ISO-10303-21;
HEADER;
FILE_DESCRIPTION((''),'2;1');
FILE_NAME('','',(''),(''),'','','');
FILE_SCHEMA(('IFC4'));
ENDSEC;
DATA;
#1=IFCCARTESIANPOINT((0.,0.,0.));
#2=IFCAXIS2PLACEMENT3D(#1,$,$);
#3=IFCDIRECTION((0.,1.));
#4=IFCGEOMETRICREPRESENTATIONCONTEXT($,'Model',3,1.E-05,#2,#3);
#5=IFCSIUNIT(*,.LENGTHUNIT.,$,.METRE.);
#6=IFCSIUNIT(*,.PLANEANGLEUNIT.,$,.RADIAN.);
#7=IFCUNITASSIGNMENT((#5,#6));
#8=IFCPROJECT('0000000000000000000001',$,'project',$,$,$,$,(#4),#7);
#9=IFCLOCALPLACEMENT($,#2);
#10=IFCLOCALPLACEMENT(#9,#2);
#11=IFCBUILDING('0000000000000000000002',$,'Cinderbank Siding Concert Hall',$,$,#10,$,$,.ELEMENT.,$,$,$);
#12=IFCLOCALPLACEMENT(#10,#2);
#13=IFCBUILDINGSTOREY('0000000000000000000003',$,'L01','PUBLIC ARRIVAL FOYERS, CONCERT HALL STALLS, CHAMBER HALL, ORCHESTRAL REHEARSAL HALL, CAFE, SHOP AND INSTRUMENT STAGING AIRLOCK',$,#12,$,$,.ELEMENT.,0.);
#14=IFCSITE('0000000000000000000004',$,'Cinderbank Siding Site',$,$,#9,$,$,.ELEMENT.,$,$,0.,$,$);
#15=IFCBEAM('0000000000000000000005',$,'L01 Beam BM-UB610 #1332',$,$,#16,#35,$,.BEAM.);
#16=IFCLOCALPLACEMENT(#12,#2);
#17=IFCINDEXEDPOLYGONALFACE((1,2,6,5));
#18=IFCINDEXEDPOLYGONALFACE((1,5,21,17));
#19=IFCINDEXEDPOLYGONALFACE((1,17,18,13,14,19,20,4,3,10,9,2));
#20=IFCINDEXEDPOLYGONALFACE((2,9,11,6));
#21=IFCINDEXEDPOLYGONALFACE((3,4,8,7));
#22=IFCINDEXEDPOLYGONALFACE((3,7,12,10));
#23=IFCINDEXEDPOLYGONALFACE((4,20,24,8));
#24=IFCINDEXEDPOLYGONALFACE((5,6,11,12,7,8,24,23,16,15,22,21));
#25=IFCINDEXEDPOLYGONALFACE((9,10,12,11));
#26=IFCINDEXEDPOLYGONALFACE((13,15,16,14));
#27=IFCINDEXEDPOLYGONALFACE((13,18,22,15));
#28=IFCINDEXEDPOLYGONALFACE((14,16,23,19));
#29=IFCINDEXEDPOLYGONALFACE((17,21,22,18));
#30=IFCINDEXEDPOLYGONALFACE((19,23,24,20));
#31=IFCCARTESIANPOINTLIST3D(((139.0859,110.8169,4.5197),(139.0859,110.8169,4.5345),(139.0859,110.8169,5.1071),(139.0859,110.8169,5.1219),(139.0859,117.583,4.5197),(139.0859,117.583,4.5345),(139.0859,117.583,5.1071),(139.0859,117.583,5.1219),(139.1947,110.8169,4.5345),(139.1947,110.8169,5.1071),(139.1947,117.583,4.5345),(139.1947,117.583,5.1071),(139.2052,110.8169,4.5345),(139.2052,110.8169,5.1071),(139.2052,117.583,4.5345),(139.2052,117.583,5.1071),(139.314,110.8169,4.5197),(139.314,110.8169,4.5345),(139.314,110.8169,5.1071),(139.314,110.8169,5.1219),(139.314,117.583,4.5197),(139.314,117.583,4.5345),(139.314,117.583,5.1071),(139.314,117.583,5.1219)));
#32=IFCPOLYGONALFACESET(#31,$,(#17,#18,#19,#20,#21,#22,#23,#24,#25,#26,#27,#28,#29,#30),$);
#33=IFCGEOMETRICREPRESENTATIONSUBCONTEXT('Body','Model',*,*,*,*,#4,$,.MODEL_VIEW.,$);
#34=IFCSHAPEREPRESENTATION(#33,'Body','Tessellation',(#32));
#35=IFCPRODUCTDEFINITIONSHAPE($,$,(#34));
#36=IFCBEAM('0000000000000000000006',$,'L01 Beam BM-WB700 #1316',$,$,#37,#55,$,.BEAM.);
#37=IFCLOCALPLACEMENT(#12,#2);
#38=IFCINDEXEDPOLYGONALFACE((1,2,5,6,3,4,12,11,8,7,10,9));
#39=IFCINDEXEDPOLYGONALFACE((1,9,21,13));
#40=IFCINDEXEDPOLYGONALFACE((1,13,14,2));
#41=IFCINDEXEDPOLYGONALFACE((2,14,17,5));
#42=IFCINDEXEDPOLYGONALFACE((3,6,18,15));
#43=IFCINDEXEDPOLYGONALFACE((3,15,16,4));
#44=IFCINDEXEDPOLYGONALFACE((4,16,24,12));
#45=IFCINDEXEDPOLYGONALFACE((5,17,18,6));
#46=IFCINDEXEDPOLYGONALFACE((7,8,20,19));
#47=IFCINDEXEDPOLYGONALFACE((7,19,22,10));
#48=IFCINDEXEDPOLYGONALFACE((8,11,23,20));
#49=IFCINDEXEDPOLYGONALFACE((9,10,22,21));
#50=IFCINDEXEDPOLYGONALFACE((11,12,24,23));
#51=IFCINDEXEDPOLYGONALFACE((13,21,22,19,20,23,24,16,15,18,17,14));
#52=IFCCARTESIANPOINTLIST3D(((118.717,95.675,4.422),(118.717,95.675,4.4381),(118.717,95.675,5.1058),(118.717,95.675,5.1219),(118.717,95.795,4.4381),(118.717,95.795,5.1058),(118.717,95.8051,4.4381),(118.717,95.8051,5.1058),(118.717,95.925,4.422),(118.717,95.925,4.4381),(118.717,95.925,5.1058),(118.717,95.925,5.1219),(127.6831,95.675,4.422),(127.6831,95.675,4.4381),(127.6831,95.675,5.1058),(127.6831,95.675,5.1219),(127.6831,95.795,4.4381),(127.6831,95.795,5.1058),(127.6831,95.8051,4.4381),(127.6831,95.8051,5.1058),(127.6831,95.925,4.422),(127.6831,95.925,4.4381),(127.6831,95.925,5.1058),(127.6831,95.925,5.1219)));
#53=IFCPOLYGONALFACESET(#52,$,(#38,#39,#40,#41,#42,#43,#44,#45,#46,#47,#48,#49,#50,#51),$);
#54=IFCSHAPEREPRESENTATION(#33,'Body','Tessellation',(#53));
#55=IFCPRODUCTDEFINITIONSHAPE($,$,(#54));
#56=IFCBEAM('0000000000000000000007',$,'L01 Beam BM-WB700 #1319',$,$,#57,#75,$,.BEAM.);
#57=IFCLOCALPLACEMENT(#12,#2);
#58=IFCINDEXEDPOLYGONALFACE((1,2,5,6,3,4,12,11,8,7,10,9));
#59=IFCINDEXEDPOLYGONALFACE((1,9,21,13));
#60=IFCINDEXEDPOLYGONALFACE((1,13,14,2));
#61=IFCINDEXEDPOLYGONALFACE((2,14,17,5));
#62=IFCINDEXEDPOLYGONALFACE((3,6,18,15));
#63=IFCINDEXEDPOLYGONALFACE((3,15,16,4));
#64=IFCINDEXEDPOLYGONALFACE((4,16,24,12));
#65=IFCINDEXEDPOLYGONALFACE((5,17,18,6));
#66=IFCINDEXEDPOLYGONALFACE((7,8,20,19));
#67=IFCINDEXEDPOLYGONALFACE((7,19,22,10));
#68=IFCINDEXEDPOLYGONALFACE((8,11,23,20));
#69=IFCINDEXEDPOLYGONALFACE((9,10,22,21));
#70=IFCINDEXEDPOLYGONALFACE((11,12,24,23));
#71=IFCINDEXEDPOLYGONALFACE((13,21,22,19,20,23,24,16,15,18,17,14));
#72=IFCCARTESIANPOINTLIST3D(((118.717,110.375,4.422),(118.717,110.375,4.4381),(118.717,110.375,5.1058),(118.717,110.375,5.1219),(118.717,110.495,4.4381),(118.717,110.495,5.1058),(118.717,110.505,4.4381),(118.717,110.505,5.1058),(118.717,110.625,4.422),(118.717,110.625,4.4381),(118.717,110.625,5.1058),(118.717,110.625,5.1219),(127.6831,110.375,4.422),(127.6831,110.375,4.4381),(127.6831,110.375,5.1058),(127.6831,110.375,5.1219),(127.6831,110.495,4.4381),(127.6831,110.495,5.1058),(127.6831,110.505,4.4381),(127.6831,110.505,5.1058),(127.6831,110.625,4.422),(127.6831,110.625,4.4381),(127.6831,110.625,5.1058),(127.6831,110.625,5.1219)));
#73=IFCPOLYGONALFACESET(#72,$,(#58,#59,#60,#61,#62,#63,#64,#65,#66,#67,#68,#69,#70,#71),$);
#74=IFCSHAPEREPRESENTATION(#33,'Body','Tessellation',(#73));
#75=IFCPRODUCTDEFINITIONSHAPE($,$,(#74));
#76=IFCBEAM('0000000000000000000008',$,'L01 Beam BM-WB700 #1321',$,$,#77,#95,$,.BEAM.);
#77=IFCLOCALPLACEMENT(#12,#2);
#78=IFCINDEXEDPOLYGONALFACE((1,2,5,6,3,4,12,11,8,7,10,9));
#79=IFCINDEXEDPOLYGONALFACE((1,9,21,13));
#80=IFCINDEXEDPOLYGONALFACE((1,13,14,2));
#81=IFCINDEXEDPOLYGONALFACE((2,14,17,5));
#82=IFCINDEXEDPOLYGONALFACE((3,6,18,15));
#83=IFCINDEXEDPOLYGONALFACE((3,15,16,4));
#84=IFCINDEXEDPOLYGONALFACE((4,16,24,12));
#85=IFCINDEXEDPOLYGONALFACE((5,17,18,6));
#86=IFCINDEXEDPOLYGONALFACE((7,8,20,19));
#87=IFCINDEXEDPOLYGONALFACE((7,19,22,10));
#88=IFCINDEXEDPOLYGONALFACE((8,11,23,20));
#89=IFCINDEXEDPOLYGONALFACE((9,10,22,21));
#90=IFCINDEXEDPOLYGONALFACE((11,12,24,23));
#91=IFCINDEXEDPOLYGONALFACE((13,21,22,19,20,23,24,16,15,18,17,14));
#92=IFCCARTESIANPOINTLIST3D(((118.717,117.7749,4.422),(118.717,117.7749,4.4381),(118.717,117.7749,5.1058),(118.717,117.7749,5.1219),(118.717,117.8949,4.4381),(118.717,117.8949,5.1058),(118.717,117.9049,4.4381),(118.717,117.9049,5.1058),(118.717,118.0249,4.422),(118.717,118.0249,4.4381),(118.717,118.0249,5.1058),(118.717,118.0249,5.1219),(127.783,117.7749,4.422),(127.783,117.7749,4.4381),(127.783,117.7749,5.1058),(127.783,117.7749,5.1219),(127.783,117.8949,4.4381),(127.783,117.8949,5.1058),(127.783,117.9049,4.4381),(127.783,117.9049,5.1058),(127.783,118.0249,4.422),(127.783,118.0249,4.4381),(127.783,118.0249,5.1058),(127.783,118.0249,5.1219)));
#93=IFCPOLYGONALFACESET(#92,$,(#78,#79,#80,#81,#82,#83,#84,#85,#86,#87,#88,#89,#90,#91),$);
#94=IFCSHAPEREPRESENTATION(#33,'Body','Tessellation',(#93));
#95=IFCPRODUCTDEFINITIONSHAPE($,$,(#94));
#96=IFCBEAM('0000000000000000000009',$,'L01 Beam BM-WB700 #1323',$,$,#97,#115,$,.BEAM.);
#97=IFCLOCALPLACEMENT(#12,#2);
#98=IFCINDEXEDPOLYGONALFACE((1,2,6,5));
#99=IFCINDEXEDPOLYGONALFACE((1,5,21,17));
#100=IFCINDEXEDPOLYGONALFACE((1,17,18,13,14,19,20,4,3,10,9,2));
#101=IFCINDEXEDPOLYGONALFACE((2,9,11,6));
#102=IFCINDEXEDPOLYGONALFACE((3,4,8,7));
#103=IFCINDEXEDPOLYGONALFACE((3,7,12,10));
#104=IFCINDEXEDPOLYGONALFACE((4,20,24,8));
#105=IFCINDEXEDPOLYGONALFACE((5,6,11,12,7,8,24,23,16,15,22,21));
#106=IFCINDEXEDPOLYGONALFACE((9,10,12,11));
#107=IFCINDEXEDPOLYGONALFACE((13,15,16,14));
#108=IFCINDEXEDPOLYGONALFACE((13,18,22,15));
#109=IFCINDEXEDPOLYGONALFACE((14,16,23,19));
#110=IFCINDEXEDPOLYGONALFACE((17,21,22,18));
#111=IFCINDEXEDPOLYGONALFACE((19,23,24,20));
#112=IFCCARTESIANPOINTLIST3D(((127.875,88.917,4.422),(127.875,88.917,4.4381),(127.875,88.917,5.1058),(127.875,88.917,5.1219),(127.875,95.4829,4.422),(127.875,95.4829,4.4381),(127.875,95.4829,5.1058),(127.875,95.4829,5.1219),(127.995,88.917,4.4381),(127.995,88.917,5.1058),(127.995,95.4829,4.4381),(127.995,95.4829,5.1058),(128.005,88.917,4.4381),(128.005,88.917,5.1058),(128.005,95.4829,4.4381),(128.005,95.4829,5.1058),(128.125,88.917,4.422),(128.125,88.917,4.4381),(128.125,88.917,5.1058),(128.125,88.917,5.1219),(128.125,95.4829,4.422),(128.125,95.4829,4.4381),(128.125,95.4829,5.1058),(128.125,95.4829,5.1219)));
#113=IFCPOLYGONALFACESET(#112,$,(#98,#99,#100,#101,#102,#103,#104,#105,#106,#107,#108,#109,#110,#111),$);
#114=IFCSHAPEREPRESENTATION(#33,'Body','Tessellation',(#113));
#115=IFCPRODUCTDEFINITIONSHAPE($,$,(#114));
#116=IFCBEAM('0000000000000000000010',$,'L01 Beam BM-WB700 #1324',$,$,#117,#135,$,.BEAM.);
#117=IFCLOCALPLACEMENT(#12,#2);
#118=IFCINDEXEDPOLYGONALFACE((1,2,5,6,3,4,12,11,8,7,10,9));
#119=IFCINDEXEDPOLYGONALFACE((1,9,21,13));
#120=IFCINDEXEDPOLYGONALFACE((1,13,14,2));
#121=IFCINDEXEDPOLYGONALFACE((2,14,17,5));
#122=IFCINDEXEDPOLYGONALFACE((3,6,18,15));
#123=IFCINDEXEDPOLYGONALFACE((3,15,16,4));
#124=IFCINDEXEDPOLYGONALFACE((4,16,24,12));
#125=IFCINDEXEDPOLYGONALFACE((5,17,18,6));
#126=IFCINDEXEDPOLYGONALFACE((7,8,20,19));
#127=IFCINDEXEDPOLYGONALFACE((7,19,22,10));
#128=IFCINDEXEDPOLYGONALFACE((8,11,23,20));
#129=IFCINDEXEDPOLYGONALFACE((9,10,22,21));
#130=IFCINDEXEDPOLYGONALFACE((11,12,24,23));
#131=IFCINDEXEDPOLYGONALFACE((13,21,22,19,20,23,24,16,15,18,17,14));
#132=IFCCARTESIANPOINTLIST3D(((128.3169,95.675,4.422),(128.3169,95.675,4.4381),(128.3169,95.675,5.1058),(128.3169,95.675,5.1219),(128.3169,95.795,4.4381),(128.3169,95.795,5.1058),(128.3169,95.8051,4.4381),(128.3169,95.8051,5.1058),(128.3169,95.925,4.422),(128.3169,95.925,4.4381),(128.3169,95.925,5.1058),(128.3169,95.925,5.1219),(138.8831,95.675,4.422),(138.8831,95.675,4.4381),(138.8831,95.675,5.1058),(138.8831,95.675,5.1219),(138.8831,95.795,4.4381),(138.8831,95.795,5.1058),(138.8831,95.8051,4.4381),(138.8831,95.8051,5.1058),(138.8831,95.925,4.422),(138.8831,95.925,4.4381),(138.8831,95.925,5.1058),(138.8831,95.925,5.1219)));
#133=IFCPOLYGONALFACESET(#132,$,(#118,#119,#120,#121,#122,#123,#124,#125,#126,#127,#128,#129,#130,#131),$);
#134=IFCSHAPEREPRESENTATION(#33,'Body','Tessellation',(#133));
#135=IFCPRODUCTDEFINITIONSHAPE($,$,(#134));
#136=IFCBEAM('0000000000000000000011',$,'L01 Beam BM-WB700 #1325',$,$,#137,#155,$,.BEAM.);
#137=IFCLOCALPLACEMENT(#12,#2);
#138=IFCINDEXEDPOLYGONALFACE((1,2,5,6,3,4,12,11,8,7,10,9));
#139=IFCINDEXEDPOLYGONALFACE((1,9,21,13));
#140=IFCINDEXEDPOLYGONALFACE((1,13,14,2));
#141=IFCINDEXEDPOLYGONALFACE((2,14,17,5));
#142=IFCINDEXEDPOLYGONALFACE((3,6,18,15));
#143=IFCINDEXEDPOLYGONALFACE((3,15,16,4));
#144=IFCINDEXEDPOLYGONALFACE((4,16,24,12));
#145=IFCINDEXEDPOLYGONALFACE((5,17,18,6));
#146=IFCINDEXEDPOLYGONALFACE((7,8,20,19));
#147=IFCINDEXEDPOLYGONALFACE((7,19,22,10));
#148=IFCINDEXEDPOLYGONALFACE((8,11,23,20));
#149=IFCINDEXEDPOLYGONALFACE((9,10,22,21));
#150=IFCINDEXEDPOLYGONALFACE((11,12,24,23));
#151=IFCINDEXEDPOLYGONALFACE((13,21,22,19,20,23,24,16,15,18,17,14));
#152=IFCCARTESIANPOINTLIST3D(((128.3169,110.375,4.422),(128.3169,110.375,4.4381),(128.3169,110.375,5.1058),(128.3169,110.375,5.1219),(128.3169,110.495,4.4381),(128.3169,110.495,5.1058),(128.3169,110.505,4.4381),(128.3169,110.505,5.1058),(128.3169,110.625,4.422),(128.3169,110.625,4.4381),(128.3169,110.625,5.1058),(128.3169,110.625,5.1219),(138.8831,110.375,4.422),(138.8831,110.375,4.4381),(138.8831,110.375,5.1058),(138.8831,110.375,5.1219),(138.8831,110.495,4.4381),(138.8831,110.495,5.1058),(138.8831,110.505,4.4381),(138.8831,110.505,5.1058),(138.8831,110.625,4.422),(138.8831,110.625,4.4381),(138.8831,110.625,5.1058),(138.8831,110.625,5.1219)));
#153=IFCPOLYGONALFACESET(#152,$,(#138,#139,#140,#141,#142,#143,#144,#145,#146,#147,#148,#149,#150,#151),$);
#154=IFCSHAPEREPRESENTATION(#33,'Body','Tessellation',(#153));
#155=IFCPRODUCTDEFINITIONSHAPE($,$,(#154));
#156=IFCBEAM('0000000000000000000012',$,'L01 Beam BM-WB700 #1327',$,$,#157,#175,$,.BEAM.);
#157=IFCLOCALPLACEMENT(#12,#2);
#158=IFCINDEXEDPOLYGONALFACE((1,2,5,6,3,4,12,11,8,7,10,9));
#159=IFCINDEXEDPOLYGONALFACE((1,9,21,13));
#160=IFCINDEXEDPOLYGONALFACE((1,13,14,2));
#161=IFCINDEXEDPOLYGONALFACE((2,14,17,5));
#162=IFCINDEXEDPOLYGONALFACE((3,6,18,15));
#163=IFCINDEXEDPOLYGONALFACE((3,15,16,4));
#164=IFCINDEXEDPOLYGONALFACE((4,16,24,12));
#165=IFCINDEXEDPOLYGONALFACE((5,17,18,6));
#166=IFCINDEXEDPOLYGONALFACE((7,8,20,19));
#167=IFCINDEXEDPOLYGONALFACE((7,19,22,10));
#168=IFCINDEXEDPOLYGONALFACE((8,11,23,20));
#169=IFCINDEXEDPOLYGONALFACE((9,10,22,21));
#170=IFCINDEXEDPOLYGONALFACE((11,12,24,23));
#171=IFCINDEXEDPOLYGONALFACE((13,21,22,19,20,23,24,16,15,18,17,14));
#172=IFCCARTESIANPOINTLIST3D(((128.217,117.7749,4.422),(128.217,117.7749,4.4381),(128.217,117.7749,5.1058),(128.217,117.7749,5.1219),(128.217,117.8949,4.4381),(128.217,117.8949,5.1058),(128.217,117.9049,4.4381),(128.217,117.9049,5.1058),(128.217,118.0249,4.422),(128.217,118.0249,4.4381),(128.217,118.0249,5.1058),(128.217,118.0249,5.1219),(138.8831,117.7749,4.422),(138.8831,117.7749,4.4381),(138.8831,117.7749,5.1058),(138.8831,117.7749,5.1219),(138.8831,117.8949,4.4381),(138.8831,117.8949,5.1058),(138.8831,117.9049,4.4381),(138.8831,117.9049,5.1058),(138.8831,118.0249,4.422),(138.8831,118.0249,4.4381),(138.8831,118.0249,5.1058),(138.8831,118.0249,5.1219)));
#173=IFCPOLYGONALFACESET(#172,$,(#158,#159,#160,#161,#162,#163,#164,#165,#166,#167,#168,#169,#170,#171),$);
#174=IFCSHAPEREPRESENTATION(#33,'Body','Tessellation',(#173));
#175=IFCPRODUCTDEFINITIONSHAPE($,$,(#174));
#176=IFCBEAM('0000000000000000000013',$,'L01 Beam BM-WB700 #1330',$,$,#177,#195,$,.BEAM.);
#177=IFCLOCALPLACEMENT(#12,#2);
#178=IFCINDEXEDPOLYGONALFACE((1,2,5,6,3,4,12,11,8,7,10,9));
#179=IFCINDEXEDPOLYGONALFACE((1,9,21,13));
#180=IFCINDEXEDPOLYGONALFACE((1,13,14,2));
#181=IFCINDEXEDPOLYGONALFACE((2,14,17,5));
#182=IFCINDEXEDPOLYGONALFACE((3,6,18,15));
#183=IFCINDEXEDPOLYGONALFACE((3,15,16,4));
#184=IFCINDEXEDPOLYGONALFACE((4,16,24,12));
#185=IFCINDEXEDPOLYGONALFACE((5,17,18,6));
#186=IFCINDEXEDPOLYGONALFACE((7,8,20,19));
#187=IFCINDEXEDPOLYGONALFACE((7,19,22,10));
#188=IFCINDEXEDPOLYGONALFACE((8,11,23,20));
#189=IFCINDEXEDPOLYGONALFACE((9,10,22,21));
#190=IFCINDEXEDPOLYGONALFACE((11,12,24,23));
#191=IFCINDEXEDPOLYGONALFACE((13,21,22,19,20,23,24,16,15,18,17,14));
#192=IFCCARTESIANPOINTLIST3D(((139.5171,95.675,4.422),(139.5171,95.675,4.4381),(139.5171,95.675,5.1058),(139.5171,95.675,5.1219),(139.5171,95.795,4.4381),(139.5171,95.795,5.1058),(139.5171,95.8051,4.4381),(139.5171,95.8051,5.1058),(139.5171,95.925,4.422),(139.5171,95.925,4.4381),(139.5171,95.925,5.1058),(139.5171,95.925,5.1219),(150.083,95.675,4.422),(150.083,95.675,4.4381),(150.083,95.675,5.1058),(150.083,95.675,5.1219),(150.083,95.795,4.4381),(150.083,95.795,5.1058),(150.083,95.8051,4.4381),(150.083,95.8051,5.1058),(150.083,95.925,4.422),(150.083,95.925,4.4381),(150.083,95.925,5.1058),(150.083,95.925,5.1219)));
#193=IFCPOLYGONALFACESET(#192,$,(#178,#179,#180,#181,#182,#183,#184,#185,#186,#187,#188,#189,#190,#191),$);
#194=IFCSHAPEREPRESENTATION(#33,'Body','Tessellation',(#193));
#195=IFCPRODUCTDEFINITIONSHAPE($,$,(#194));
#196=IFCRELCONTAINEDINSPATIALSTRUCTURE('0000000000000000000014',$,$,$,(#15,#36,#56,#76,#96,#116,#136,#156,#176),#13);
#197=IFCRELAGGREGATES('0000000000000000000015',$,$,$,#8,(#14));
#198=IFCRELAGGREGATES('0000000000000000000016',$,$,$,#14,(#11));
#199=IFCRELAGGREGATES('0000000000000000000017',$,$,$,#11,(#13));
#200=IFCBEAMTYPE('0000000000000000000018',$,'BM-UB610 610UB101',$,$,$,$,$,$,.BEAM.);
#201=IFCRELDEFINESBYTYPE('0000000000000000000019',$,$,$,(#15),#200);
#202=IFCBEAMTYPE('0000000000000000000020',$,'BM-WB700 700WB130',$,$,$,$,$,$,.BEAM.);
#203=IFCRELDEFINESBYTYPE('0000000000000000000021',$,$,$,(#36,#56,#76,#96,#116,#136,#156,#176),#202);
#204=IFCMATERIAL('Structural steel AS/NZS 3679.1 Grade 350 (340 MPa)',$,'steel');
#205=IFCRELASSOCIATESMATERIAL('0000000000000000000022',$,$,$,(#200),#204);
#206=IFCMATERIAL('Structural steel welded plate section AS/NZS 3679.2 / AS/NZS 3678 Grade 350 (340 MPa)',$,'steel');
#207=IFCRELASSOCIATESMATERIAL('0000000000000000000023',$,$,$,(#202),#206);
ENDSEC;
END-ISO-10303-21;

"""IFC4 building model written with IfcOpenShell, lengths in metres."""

from ifc_helpers import new_model, si_unit, direction, frame, origin, origin_2d, place, context, subcontext, project, spatial, i_section, extrude, material, material_profile, profile_set, type_object, element, save


model = new_model("IFC4")

# Units and contexts
model_context = context("Model", 3, precision=1e-05, world=origin(), true_north=direction((0.0, 1.0)))
body_context = subcontext(model_context, "Body", "Model", "MODEL_VIEW")
ifc_project = project(units=[si_unit("LENGTHUNIT", "METRE"), si_unit("PLANEANGLEUNIT", "RADIAN")], contexts=[model_context])

# Site, building, storey
site_placement = place(None, origin())
site = spatial("IfcSite", under=ifc_project, at=site_placement, Name="Cinderbank Siding Site", CompositionType="ELEMENT", RefElevation=0.0)
building_placement = place(site_placement, origin())
building = spatial("IfcBuilding", under=site, at=building_placement, Name="Cinderbank Siding Concert Hall", CompositionType="ELEMENT")
storey_placement = place(building_placement, origin())
storey = spatial("IfcBuildingStorey", under=building, at=storey_placement, Name="L01", Description="PUBLIC ARRIVAL FOYERS, CONCERT HALL STALLS, CHAMBER HALL, ORCHESTRAL REHEARSAL HALL, CAFE, SHOP AND INSTRUMENT STAGING AIRLOCK", CompositionType="ELEMENT", Elevation=0.0)

# Beams
ifc_material_1 = material(Name="Structural steel AS/NZS 3679.1 Grade 350 (340 MPa)", Category="steel")
ifc_material_profile_1 = material_profile(ifc_material_1, i_section(OverallWidth=0.228, OverallDepth=0.6023, WebThickness=0.0105, FlangeThickness=0.0149, at=origin_2d()), Name="610UB101", Category="LoadBearing")
ifc_profile_set_1 = profile_set([ifc_material_profile_1], Name="Structural steel AS/NZS 3679.1 Grade 350 (340 MPa)")
beam_type_1 = type_object("IfcBeamType", Name="BM-UB610 610UB101", PredefinedType="BEAM", material=ifc_profile_set_1)
beam_1_placement = place(storey_placement, frame((139.2, 110.8169, 4.8208), z_axis=(0.0, 1.0, 0.0), x_axis=(-1.0, 0.0, 0.0)))
element("IfcBeam", 1, at=beam_1_placement, inside=storey, type_object=beam_type_1, Name="L01 Beam BM-UB610 #1332", PredefinedType="BEAM", context=body_context, shape_type="SweptSolid", body=[
    extrude(i_section(OverallWidth=0.228, OverallDepth=0.6023, WebThickness=0.0105, FlangeThickness=0.0149, at=origin_2d()), origin(), (0.0, 0.0, 1.0), 6.7661),
])
ifc_material_2 = material(Name="Structural steel welded plate section AS/NZS 3679.2 / AS/NZS 3678 Grade 350 (340 MPa)", Category="steel")
ifc_material_profile_2 = material_profile(ifc_material_2, i_section(OverallWidth=0.25, OverallDepth=0.7, WebThickness=0.01, FlangeThickness=0.0161, at=origin_2d()), Name="700WB130", Category="LoadBearing")
ifc_profile_set_2 = profile_set([ifc_material_profile_2], Name="Structural steel welded plate section AS/NZS 3679.2 / AS/NZS 3678 Grade 350 (340 MPa)")
beam_type_2 = type_object("IfcBeamType", Name="BM-WB700 700WB130", PredefinedType="BEAM", material=ifc_profile_set_2)
for number, where, z_axis, x_axis, name in (
    (2, (118.717, 95.8, 4.772), (1.0, 0.0, 0.0), (0.0, 1.0, 0.0), "L01 Beam BM-WB700 #1316"),
    (3, (118.717, 110.5, 4.772), (1.0, 0.0, 0.0), (0.0, 1.0, 0.0), "L01 Beam BM-WB700 #1319"),
):
    element("IfcBeam", number, at=place(storey_placement, frame(where, z_axis=z_axis, x_axis=x_axis)), inside=storey, type_object=beam_type_2, Name=name, PredefinedType="BEAM", context=body_context, shape_type="SweptSolid", body=[
        extrude(i_section(OverallWidth=0.25, OverallDepth=0.7, WebThickness=0.01, FlangeThickness=0.0161, at=origin_2d()), origin(), (0.0, 0.0, 1.0), 8.9661),
    ])
beam_2_placement = place(storey_placement, frame((118.717, 117.8999, 4.772), z_axis=(1.0, 0.0, 0.0), x_axis=(0.0, 1.0, 0.0)))
element("IfcBeam", 4, at=beam_2_placement, inside=storey, type_object=beam_type_2, Name="L01 Beam BM-WB700 #1321", PredefinedType="BEAM", context=body_context, shape_type="SweptSolid", body=[
    extrude(i_section(OverallWidth=0.25, OverallDepth=0.7, WebThickness=0.01, FlangeThickness=0.0161, at=origin_2d()), origin(), (0.0, 0.0, 1.0), 9.0659),
])
beam_3_placement = place(storey_placement, frame((128.0, 88.917, 4.772), z_axis=(0.0, 1.0, 0.0), x_axis=(-1.0, 0.0, 0.0)))
element("IfcBeam", 5, at=beam_3_placement, inside=storey, type_object=beam_type_2, Name="L01 Beam BM-WB700 #1323", PredefinedType="BEAM", context=body_context, shape_type="SweptSolid", body=[
    extrude(i_section(OverallWidth=0.25, OverallDepth=0.7, WebThickness=0.01, FlangeThickness=0.0161, at=origin_2d()), origin(), (0.0, 0.0, 1.0), 6.5659),
])
for number, where, z_axis, x_axis, name in (
    (6, (128.3169, 95.8, 4.772), (1.0, 0.0, 0.0), (0.0, 1.0, 0.0), "L01 Beam BM-WB700 #1324"),
    (7, (128.3169, 110.5, 4.772), (1.0, 0.0, 0.0), (0.0, 1.0, 0.0), "L01 Beam BM-WB700 #1325"),
):
    element("IfcBeam", number, at=place(storey_placement, frame(where, z_axis=z_axis, x_axis=x_axis)), inside=storey, type_object=beam_type_2, Name=name, PredefinedType="BEAM", context=body_context, shape_type="SweptSolid", body=[
        extrude(i_section(OverallWidth=0.25, OverallDepth=0.7, WebThickness=0.01, FlangeThickness=0.0161, at=origin_2d()), origin(), (0.0, 0.0, 1.0), 10.5662),
    ])
beam_4_placement = place(storey_placement, frame((128.217, 117.8999, 4.772), z_axis=(1.0, 0.0, 0.0), x_axis=(0.0, 1.0, 0.0)))
element("IfcBeam", 8, at=beam_4_placement, inside=storey, type_object=beam_type_2, Name="L01 Beam BM-WB700 #1327", PredefinedType="BEAM", context=body_context, shape_type="SweptSolid", body=[
    extrude(i_section(OverallWidth=0.25, OverallDepth=0.7, WebThickness=0.01, FlangeThickness=0.0161, at=origin_2d()), origin(), (0.0, 0.0, 1.0), 10.666),
])
beam_5_placement = place(storey_placement, frame((139.5171, 95.8, 4.772), z_axis=(1.0, 0.0, 0.0), x_axis=(0.0, 1.0, 0.0)))
element("IfcBeam", 9, at=beam_5_placement, inside=storey, type_object=beam_type_2, Name="L01 Beam BM-WB700 #1330", PredefinedType="BEAM", context=body_context, shape_type="SweptSolid", body=[
    extrude(i_section(OverallWidth=0.25, OverallDepth=0.7, WebThickness=0.01, FlangeThickness=0.0161, at=origin_2d()), origin(), (0.0, 0.0, 1.0), 10.5659),
])

save(model, "model.ifc")
